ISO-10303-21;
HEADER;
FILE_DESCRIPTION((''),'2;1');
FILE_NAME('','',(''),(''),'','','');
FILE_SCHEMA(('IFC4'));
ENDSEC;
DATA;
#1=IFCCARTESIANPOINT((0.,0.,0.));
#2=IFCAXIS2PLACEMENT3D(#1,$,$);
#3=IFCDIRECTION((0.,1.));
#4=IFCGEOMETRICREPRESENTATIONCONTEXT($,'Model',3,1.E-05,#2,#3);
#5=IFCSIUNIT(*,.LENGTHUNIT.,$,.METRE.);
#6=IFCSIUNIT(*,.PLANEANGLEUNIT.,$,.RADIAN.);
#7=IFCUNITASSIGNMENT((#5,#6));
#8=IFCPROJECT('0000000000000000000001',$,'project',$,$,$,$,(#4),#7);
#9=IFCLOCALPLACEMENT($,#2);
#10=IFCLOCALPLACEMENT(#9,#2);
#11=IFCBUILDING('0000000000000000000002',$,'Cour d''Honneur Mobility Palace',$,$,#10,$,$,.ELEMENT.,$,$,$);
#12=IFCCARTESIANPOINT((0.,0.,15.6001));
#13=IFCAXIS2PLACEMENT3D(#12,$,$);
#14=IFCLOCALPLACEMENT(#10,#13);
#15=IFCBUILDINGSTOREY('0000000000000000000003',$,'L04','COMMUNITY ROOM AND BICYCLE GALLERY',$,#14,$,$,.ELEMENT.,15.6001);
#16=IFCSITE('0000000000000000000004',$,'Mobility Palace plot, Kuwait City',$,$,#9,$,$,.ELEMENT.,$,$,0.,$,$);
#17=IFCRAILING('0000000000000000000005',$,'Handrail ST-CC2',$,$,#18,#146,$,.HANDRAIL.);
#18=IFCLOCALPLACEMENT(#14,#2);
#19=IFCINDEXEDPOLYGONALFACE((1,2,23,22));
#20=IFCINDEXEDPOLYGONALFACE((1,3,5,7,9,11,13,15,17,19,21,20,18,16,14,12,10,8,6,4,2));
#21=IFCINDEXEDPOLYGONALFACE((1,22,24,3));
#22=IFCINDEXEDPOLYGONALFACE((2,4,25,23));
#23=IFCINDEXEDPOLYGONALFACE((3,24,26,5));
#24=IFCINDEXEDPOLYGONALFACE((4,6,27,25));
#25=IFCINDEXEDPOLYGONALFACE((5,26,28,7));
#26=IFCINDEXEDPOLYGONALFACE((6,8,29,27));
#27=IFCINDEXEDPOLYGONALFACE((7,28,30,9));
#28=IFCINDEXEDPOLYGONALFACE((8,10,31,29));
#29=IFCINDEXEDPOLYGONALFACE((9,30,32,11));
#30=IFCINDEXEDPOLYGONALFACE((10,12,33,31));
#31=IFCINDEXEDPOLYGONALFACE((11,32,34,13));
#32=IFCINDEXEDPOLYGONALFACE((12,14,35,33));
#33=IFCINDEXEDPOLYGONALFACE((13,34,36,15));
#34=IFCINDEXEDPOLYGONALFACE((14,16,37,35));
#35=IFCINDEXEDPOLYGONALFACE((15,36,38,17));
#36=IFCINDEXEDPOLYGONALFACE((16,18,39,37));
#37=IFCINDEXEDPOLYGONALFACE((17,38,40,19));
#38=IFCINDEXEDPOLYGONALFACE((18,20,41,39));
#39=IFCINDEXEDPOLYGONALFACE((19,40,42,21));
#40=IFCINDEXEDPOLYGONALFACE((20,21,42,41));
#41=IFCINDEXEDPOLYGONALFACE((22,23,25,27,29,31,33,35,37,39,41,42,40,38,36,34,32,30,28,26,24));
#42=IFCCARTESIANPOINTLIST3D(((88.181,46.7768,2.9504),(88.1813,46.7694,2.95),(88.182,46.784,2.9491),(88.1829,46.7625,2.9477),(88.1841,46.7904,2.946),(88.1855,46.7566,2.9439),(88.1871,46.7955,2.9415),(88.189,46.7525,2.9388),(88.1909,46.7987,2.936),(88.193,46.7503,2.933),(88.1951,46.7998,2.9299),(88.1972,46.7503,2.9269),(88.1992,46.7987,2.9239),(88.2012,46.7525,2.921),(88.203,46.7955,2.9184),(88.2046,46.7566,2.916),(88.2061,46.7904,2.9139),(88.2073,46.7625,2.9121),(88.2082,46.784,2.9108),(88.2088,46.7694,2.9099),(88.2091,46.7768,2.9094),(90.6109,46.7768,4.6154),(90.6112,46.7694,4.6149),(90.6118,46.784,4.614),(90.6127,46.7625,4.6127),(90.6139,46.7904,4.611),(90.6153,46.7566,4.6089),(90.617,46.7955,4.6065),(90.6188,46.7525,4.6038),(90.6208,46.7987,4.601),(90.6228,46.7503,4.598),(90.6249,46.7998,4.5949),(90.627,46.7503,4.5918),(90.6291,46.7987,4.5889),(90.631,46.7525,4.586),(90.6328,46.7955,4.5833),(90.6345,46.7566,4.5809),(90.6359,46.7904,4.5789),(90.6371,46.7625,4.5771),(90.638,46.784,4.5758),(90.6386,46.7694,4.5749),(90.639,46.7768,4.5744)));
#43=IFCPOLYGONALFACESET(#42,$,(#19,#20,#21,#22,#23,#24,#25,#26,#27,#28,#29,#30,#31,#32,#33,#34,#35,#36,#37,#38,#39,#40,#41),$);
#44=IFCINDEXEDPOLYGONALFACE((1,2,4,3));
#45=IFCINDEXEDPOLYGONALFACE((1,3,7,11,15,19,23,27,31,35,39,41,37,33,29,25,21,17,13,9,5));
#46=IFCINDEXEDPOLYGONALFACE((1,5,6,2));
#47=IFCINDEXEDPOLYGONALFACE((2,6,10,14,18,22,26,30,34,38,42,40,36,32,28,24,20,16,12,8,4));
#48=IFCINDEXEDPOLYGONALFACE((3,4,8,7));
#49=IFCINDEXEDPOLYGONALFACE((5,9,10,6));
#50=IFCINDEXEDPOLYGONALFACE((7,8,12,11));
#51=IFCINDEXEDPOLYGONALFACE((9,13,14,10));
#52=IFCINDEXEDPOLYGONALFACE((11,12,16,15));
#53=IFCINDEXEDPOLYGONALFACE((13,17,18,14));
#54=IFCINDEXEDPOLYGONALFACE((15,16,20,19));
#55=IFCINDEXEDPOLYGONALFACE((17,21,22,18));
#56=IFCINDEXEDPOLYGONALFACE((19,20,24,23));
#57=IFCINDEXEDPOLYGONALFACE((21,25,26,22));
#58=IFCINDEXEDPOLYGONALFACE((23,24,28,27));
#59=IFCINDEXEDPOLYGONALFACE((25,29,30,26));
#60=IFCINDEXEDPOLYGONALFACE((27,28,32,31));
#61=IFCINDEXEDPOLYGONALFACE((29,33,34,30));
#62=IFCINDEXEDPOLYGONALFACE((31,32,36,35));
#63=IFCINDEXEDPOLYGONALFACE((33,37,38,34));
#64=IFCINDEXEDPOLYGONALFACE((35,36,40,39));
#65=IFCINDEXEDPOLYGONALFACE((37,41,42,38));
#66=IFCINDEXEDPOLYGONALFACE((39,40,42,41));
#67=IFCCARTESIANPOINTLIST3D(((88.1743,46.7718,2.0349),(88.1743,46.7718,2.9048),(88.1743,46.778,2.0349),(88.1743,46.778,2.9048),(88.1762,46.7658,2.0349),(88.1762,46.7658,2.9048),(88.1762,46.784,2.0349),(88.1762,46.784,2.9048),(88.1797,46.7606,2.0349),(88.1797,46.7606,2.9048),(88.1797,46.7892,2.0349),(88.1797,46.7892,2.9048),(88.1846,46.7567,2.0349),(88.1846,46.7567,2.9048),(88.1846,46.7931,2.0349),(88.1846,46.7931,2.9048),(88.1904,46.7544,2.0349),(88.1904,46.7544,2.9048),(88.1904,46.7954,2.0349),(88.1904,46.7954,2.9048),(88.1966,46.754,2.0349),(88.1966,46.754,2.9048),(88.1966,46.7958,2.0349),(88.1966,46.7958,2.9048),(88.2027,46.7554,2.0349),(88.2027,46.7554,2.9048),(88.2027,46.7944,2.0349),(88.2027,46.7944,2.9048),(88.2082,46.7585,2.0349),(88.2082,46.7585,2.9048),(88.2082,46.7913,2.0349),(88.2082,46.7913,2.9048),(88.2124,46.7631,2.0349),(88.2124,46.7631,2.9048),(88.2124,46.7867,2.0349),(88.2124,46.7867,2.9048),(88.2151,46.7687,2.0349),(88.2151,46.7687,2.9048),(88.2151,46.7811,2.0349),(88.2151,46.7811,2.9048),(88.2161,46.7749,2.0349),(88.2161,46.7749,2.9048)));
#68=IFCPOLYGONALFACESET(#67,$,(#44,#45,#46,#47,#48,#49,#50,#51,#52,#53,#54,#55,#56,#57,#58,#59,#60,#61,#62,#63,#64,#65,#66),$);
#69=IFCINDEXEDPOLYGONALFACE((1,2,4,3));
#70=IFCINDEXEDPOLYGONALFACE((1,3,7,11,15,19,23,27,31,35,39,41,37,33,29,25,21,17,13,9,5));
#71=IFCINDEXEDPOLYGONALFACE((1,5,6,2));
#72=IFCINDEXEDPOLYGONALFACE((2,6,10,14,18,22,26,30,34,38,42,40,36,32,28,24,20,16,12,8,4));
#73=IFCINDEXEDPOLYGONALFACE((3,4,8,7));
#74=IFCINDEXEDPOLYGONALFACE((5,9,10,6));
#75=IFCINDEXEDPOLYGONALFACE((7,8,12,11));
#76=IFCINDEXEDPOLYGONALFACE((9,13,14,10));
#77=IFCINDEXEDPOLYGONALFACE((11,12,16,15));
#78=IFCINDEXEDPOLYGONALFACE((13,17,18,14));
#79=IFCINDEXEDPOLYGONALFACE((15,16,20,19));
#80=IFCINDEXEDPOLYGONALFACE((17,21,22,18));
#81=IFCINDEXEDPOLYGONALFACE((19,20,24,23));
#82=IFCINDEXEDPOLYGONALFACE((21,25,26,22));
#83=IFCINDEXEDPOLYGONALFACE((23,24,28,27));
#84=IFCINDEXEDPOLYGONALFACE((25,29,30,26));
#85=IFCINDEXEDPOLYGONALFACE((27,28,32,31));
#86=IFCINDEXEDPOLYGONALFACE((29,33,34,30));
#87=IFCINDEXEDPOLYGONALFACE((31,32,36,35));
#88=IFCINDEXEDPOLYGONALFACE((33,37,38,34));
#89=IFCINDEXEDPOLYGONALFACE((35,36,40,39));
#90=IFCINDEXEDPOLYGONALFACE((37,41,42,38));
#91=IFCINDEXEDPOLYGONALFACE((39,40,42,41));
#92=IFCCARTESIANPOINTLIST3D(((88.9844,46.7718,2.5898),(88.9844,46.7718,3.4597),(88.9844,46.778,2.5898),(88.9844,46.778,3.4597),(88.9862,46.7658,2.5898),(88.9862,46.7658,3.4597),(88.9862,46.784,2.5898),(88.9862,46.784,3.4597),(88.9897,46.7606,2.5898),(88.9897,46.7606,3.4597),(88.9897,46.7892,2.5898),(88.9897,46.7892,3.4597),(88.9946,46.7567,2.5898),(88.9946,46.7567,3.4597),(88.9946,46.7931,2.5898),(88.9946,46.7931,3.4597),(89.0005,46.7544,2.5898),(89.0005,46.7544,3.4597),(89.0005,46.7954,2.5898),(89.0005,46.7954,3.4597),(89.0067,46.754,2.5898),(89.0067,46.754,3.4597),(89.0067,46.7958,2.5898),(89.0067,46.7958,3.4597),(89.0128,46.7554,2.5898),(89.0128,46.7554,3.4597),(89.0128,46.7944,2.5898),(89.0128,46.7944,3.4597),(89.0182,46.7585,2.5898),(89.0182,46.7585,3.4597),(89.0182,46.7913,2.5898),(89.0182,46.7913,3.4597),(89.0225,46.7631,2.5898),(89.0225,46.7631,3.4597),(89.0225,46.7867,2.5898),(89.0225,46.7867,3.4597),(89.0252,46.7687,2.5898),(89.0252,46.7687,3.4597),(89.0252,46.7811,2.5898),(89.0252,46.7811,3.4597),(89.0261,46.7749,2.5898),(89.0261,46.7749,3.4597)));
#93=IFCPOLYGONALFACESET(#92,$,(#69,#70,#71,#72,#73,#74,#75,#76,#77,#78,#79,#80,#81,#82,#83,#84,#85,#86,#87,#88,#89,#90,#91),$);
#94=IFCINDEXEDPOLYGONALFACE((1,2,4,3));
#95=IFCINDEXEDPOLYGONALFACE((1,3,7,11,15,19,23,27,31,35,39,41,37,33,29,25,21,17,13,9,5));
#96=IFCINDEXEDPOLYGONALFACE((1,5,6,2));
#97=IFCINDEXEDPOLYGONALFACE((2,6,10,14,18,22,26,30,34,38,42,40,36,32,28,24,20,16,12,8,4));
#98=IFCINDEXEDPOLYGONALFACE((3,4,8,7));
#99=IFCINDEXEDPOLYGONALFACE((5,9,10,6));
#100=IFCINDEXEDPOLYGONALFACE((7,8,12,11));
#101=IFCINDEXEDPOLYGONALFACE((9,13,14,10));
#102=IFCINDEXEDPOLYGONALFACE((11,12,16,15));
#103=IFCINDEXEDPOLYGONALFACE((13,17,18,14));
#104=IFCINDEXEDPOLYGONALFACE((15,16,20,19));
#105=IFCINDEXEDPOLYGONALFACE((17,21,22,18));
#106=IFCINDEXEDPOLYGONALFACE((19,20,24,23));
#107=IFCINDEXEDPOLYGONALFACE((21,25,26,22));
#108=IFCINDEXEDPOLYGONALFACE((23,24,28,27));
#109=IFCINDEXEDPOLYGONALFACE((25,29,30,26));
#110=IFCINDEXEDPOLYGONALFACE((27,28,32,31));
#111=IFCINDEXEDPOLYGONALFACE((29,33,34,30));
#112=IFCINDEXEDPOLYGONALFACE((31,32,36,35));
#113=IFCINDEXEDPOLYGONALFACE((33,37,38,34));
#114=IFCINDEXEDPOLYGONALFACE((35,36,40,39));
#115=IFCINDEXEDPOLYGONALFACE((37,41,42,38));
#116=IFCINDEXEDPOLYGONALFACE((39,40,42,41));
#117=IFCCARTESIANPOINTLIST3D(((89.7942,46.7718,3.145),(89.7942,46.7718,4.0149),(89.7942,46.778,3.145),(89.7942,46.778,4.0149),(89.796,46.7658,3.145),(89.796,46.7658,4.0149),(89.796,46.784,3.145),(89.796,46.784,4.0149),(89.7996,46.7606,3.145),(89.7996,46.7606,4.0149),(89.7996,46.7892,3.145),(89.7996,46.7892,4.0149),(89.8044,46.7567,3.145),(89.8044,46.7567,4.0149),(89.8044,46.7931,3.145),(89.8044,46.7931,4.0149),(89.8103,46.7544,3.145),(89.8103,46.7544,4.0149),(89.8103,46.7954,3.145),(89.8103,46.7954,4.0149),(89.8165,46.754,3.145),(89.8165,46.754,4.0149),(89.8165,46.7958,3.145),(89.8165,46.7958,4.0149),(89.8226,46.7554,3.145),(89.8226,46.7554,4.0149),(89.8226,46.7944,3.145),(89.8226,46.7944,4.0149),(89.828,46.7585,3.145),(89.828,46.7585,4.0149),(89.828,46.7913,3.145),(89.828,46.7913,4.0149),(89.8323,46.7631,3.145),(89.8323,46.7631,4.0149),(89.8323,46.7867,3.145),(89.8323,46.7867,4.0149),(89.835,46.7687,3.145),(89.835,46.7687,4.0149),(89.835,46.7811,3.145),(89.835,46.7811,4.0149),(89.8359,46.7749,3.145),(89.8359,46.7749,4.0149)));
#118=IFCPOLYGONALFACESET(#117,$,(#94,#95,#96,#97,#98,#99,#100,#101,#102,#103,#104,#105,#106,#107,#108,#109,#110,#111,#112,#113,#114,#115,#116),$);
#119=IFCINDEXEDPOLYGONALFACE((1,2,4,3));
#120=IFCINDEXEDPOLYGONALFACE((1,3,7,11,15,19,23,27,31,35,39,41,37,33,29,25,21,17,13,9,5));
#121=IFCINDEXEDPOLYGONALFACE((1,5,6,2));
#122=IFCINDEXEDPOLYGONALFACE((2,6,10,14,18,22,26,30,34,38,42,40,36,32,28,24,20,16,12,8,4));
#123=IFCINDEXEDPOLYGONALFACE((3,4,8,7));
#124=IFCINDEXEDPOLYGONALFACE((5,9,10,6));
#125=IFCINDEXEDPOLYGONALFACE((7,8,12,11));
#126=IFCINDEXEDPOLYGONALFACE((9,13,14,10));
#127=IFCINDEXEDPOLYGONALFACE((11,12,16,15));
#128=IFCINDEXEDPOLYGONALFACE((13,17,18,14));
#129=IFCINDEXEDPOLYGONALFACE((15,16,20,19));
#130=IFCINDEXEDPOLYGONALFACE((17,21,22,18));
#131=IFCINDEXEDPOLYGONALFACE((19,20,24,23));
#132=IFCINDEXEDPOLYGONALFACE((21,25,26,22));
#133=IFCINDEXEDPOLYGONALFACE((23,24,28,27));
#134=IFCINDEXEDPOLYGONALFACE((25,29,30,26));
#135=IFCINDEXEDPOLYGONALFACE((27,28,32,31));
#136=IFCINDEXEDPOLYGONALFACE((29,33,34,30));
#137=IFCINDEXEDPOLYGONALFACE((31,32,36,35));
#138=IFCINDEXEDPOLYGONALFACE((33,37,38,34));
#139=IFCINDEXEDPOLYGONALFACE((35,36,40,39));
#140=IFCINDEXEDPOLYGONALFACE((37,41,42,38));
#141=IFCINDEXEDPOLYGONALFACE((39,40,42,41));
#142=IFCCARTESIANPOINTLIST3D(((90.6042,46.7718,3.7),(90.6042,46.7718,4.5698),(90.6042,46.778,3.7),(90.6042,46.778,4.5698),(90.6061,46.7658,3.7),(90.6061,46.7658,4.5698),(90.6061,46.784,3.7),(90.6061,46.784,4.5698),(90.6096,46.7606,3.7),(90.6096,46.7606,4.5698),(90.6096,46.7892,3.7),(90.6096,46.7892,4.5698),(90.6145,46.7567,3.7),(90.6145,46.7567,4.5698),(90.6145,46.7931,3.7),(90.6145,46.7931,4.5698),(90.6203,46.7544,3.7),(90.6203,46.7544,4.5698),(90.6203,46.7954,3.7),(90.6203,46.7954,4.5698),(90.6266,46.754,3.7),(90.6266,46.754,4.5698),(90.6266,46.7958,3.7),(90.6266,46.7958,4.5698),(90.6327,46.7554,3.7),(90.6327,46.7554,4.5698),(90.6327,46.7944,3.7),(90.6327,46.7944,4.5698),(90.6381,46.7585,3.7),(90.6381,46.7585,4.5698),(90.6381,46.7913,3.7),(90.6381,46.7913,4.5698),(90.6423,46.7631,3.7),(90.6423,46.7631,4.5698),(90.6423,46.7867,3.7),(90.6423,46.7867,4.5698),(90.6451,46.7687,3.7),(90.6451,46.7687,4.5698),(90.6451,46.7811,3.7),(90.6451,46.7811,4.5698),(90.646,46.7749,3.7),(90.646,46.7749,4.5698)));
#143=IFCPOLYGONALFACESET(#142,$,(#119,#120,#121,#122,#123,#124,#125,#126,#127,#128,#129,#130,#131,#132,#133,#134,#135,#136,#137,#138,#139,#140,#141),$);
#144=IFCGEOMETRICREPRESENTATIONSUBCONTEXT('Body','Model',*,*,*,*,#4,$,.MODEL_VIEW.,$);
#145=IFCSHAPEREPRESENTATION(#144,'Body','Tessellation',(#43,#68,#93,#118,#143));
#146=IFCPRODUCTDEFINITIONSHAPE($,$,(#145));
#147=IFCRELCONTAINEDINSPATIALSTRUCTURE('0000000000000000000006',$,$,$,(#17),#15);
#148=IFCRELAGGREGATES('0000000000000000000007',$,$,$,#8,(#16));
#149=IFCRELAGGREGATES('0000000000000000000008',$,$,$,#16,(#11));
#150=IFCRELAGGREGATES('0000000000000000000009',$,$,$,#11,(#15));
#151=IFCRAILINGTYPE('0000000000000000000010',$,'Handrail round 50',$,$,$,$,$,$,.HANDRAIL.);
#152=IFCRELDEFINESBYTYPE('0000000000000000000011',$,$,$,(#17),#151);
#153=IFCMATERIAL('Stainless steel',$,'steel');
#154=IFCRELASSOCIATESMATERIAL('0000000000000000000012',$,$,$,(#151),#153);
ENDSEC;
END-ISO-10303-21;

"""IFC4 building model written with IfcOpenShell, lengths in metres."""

from ifc_helpers import new_model, si_unit, direction, frame, origin, origin_2d, place, context, subcontext, project, spatial, circle, extrude, material, type_object, element, save


model = new_model("IFC4")

# Units and contexts
model_context = context("Model", 3, precision=1e-05, world=origin(), true_north=direction((0.0, 1.0)))
body_context = subcontext(model_context, "Body", "Model", "MODEL_VIEW")
ifc_project = project(units=[si_unit("LENGTHUNIT", "METRE"), si_unit("PLANEANGLEUNIT", "RADIAN")], contexts=[model_context])

# Site, building, storey
site_placement = place(None, origin())
site = spatial("IfcSite", under=ifc_project, at=site_placement, Name="Mobility Palace plot, Kuwait City", CompositionType="ELEMENT", RefElevation=0.0)
building_placement = place(site_placement, origin())
building = spatial("IfcBuilding", under=site, at=building_placement, Name="Cour d'Honneur Mobility Palace", CompositionType="ELEMENT")
storey_placement = place(building_placement, frame((0.0, 0.0, 15.6001)))
storey = spatial("IfcBuildingStorey", under=building, at=storey_placement, Name="L04", Description="COMMUNITY ROOM AND BICYCLE GALLERY", CompositionType="ELEMENT", Elevation=15.6001)

# Railing
ifc_material_1 = material(Name="Stainless steel", Category="steel")
railing_type_1 = type_object("IfcRailingType", Name="Handrail round 50", PredefinedType="HANDRAIL", material=ifc_material_1)
railing_1_placement = place(storey_placement, frame((88.1951, 46.7749, 2.0349)))
element("IfcRailing", 1, at=railing_1_placement, inside=storey, type_object=railing_type_1, Name="Handrail ST-CC2", PredefinedType="HANDRAIL", context=body_context, shape_type="SweptSolid", body=[
    extrude(circle(Radius=0.0249, at=origin_2d()), frame((0.0, 0.0, 0.895), z_axis=(0.824919, 0.0, 0.565251), x_axis=(0.0, 1.0, 0.0)), (0.0, 0.0, 1.0), 2.9456),
    extrude(circle(Radius=0.021, at=origin_2d()), origin(), (0.0, 0.0, 1.0), 0.8699),
    extrude(circle(Radius=0.021, at=origin_2d()), frame((0.8101, 0.0, 0.5549)), (0.0, 0.0, 1.0), 0.8699),
    extrude(circle(Radius=0.021, at=origin_2d()), frame((1.6199, 0.0, 1.1101)), (0.0, 0.0, 1.0), 0.8699),
    extrude(circle(Radius=0.021, at=origin_2d()), frame((2.4299, 0.0, 1.665)), (0.0, 0.0, 1.0), 0.8699),
])

save(model, "model.ifc")
